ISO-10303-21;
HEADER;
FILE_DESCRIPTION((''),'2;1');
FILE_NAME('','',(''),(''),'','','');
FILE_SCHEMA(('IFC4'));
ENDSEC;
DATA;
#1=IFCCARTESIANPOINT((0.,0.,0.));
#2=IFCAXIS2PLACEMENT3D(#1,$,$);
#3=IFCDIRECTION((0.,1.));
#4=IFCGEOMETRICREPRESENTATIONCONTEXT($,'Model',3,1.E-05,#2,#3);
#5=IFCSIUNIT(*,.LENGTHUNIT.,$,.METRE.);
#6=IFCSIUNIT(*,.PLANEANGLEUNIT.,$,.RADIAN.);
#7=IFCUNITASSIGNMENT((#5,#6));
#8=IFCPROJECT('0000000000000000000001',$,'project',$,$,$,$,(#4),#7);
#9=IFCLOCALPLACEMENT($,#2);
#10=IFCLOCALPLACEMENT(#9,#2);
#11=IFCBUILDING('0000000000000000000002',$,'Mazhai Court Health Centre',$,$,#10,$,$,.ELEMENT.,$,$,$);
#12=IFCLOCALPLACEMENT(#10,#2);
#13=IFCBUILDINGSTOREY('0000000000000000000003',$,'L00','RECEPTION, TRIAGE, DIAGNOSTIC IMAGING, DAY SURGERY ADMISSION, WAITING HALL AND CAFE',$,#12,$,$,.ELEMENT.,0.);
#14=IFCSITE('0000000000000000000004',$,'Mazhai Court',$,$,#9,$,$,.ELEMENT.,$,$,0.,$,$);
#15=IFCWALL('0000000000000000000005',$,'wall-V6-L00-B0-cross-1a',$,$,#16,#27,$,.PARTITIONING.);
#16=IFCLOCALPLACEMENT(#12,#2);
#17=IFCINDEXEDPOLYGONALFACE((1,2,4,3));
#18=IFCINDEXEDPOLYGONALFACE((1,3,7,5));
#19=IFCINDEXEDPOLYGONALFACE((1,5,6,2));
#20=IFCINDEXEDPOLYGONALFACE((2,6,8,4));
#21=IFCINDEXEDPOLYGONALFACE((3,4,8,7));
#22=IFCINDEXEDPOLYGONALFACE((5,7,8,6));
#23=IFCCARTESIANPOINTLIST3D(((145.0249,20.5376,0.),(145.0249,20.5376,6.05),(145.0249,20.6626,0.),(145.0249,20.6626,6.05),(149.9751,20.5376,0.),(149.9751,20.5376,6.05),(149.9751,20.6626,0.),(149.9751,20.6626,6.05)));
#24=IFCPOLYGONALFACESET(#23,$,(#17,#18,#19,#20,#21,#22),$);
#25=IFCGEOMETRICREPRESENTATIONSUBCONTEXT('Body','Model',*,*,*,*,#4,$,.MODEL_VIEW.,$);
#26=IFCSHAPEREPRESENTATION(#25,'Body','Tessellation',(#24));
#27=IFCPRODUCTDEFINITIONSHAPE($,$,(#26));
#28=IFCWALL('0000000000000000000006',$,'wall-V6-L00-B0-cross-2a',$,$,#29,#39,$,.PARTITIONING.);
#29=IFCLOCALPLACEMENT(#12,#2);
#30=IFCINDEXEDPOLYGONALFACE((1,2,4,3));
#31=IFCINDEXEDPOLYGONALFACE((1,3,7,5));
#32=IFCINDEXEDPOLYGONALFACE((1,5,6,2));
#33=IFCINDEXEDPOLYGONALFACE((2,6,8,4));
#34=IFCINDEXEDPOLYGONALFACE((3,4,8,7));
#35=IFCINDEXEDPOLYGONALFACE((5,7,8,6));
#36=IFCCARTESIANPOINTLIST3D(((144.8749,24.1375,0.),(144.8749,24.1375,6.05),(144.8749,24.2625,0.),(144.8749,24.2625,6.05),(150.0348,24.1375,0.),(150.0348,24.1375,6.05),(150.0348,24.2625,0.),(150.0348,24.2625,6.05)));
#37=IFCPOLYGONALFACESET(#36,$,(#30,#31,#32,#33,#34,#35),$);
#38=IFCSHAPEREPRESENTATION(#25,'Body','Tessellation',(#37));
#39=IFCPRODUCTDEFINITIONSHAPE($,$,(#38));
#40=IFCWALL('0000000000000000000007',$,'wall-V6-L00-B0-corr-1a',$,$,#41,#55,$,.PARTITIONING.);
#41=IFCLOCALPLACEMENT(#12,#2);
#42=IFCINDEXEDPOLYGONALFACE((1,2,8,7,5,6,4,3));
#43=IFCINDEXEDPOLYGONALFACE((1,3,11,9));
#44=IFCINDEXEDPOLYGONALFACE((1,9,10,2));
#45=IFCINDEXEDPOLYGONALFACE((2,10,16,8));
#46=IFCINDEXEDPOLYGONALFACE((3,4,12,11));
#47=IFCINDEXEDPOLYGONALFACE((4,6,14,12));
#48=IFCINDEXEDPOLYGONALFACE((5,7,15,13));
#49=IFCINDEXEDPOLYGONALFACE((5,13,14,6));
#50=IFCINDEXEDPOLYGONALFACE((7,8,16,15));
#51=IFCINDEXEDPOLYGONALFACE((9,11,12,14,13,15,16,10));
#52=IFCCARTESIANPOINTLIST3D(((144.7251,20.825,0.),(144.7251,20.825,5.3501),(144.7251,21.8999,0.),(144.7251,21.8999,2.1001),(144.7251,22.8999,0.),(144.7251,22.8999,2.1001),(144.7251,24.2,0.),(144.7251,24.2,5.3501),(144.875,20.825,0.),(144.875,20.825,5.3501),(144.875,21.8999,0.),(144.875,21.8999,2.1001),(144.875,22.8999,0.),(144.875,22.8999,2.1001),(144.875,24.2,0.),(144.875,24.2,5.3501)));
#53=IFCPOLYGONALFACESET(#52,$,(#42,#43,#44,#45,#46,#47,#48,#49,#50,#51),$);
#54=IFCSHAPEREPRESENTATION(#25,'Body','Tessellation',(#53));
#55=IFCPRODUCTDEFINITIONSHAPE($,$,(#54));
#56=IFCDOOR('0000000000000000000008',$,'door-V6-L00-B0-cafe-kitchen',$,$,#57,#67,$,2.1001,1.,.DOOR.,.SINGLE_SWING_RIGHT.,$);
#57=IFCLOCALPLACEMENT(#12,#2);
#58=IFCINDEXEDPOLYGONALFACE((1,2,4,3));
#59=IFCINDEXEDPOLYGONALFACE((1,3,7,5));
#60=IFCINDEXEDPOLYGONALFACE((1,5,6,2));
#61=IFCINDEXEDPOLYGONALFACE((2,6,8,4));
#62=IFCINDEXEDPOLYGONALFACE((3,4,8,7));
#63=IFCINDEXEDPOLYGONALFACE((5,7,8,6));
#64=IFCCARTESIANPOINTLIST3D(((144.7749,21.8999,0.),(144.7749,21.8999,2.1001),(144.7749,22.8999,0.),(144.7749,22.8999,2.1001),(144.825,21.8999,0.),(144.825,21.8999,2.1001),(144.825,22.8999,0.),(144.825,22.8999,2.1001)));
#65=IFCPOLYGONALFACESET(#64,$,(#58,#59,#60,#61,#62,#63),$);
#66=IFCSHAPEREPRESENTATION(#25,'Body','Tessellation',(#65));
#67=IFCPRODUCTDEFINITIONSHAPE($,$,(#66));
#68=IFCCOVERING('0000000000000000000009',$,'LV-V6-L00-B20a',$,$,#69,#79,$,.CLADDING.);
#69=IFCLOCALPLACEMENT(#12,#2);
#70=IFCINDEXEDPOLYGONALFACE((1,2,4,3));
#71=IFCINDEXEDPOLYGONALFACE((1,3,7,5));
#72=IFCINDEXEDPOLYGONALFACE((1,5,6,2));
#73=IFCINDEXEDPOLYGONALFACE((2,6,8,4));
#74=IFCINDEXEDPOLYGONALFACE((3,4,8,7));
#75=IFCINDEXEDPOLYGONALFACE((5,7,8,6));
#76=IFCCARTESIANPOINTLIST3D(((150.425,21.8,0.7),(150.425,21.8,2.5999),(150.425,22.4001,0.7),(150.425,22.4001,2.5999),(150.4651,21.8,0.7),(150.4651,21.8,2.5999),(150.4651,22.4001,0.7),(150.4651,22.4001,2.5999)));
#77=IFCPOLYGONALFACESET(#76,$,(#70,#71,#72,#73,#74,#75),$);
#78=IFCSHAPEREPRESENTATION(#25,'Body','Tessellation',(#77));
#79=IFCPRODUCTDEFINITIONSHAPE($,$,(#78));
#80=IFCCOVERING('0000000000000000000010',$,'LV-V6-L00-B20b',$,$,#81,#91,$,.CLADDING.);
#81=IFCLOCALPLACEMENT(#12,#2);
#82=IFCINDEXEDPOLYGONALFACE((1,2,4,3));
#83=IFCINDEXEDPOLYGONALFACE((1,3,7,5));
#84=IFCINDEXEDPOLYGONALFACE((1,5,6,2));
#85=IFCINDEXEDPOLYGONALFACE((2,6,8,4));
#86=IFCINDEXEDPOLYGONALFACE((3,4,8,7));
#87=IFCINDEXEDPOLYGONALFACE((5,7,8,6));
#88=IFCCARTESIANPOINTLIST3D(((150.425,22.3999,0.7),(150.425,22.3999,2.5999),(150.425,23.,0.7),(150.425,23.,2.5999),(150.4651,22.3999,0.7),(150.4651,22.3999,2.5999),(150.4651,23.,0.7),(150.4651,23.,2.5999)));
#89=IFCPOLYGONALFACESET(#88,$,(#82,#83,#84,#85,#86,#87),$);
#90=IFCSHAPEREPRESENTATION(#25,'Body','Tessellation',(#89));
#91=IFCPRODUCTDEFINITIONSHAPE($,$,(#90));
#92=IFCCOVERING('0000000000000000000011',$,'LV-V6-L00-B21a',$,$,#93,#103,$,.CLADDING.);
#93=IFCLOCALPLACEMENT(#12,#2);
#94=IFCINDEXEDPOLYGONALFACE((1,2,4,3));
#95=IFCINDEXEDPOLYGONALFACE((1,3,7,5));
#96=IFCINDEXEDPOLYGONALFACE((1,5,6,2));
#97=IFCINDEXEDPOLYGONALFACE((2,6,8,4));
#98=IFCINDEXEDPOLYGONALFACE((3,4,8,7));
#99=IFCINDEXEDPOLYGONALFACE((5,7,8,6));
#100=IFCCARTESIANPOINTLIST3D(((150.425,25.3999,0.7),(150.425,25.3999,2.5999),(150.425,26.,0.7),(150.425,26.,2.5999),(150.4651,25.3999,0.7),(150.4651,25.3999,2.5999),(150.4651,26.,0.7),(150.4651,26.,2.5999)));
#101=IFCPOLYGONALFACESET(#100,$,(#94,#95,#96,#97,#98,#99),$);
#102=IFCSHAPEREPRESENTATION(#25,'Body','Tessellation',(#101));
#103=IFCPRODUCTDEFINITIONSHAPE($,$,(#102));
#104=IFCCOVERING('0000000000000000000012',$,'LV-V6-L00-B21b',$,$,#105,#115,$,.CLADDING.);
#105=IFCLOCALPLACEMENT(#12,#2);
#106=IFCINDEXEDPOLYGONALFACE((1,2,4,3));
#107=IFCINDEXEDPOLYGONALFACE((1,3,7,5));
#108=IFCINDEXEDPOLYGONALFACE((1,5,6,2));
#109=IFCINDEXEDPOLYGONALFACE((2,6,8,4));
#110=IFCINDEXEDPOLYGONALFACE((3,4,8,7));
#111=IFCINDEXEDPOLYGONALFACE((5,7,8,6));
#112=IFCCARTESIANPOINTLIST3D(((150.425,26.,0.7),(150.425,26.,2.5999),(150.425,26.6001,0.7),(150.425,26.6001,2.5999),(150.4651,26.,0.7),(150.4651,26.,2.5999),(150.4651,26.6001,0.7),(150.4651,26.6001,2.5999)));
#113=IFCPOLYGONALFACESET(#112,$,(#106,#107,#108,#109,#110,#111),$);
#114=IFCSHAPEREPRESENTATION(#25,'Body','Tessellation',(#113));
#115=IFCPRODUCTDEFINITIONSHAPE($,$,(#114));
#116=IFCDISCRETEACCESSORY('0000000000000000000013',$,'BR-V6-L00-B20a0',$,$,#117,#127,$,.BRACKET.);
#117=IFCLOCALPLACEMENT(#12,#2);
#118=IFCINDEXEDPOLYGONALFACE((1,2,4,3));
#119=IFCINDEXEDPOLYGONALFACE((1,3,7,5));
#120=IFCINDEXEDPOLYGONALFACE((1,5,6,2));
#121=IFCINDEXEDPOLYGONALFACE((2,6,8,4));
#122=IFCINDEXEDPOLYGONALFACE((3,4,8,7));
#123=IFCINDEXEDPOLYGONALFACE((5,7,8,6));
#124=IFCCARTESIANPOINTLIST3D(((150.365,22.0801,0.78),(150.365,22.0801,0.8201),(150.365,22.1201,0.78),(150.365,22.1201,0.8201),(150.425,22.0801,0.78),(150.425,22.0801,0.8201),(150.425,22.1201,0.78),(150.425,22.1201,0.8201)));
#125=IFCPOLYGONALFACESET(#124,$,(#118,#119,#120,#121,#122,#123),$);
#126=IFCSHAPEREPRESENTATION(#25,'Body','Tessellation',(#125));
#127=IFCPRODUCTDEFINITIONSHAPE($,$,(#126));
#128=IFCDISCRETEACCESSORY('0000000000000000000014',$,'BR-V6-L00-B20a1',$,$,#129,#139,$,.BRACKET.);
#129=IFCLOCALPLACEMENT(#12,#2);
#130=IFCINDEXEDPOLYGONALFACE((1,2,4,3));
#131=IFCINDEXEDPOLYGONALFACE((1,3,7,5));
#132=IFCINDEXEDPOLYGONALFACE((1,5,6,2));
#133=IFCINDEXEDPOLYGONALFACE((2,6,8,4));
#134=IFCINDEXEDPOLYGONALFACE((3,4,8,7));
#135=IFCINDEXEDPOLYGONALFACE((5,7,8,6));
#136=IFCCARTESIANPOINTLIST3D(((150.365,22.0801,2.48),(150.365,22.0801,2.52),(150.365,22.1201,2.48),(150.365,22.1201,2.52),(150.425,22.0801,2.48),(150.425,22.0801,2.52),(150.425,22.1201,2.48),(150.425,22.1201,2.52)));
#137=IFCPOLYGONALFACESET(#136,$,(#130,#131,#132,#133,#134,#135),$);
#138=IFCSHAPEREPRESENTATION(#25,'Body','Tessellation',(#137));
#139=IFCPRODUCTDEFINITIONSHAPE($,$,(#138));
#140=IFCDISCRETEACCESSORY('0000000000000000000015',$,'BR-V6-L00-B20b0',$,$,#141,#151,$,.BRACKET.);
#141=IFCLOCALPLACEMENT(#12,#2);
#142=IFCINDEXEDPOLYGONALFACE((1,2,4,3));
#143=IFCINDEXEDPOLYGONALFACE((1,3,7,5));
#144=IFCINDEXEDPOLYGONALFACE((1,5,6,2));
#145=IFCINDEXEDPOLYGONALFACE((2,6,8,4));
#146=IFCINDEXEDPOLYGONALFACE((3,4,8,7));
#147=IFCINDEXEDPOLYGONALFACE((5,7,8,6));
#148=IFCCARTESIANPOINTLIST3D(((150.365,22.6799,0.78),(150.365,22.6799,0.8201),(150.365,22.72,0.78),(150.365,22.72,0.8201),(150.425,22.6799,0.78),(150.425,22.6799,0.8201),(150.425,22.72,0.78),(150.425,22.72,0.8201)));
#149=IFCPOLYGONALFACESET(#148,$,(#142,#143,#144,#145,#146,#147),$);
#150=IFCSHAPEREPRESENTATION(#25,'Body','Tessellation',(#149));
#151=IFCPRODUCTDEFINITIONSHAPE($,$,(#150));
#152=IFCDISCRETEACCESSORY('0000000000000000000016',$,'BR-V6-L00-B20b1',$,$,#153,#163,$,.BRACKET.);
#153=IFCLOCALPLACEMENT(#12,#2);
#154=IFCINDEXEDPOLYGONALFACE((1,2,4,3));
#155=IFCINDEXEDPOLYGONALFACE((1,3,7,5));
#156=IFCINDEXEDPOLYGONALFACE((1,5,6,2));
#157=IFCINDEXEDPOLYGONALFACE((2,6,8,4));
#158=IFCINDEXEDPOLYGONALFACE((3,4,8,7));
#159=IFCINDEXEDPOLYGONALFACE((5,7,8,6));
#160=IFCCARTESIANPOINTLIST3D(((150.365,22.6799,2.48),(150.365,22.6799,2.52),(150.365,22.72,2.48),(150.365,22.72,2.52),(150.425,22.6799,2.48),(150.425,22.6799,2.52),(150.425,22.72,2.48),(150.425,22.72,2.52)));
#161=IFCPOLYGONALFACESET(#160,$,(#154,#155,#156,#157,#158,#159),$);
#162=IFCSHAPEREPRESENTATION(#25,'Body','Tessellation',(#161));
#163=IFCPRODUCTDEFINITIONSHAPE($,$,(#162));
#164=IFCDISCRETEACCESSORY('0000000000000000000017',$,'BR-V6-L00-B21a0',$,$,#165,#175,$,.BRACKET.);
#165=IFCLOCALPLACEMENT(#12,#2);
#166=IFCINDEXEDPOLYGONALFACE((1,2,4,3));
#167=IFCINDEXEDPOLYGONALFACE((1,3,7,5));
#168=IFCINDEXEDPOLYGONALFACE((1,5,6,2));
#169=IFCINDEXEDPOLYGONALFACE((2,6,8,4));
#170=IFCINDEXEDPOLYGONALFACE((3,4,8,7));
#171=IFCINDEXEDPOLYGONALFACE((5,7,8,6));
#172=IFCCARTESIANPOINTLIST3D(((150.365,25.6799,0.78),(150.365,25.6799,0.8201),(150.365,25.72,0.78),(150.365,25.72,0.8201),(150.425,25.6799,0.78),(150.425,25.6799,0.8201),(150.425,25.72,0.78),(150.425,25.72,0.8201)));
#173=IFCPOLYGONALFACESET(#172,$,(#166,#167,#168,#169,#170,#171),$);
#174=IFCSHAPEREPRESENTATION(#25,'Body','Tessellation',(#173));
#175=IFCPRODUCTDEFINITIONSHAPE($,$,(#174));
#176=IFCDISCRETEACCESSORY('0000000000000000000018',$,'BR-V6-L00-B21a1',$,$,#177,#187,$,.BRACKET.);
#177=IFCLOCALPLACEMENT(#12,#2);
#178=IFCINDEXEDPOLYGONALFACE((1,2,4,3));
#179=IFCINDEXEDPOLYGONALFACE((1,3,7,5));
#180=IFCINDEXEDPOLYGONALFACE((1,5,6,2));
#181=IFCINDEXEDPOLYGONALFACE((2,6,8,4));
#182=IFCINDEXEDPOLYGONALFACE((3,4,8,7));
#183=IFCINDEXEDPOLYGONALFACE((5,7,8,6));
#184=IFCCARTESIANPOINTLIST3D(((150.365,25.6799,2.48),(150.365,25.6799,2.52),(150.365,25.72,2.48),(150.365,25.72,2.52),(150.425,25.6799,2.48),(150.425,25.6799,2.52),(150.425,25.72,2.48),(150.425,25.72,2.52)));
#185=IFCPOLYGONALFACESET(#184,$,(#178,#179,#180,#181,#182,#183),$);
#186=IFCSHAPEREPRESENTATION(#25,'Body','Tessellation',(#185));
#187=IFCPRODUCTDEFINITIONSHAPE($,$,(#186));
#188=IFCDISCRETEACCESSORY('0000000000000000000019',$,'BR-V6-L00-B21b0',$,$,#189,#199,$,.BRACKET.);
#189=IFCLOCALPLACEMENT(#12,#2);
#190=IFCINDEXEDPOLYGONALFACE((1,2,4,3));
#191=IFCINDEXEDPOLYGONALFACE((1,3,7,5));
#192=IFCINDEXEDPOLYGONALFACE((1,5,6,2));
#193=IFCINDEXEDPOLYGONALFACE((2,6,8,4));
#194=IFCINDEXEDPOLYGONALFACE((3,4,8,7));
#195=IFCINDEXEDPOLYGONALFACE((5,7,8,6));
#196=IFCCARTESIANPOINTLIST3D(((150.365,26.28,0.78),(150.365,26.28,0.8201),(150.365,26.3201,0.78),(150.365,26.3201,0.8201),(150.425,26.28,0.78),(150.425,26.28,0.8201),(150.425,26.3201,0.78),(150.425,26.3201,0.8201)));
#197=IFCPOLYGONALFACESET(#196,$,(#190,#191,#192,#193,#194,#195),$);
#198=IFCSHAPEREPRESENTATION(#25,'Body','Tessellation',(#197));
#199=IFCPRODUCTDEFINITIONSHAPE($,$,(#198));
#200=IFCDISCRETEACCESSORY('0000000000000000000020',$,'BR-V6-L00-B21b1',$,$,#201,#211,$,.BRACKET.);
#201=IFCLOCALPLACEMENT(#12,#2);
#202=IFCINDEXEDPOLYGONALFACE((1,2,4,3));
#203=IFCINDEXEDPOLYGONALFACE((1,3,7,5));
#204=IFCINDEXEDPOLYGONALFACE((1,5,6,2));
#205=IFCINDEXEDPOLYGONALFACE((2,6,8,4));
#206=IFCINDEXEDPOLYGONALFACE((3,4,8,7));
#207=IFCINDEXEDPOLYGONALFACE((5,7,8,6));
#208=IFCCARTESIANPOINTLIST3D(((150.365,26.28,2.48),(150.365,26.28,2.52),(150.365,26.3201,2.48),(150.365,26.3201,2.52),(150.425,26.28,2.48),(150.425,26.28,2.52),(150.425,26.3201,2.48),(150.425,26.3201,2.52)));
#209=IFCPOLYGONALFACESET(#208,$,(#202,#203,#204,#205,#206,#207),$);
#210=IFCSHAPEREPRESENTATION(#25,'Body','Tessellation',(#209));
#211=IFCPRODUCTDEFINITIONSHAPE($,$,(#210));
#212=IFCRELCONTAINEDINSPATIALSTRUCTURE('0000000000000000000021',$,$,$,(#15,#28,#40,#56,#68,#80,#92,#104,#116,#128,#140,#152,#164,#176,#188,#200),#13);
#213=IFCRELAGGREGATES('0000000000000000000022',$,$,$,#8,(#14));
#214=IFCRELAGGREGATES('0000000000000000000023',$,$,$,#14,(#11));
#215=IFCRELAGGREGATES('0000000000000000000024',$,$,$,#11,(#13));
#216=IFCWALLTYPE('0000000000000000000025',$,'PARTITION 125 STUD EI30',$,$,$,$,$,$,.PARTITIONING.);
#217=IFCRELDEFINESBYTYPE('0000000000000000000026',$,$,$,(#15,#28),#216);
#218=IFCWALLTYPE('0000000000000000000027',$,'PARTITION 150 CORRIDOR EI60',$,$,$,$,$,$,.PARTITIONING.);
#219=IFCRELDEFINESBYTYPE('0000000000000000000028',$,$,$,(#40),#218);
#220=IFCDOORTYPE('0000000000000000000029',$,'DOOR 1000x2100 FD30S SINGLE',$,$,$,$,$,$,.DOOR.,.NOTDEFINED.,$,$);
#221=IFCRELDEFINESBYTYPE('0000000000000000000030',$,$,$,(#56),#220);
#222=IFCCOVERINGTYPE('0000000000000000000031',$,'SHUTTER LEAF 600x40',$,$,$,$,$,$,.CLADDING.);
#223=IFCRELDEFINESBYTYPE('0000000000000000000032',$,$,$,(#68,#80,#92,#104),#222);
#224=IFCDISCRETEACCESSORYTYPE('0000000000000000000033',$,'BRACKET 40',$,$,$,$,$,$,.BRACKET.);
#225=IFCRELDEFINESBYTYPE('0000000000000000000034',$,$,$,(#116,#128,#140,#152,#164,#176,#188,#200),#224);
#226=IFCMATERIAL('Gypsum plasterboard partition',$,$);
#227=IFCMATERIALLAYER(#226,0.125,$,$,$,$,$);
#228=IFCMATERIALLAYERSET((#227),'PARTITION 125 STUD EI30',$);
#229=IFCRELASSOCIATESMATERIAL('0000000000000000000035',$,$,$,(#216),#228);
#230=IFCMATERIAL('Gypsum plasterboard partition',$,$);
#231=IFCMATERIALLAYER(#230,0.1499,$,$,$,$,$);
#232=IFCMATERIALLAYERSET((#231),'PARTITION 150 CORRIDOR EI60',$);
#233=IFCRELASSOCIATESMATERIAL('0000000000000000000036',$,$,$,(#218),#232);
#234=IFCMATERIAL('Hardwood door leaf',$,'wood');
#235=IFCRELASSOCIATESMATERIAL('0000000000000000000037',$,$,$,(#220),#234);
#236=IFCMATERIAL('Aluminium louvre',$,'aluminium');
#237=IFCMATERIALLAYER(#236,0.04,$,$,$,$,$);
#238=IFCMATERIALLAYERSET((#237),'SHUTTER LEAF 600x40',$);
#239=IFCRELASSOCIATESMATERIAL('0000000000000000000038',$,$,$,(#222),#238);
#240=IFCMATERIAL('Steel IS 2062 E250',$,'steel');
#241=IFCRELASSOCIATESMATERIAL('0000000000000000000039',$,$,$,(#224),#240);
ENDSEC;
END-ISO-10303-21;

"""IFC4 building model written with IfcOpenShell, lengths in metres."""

from ifc_helpers import new_model, si_unit, direction, frame, frame_2d, origin, origin_2d, place, context, subcontext, project, spatial, rectangle, extrude, material, layer, layer_set, type_object, element, fill, save


model = new_model("IFC4")

# Units and contexts
model_context = context("Model", 3, precision=1e-05, world=origin(), true_north=direction((0.0, 1.0)))
body_context = subcontext(model_context, "Body", "Model", "MODEL_VIEW")
ifc_project = project(units=[si_unit("LENGTHUNIT", "METRE"), si_unit("PLANEANGLEUNIT", "RADIAN")], contexts=[model_context])

# Site, building, storey
site_placement = place(None, origin())
site = spatial("IfcSite", under=ifc_project, at=site_placement, Name="Mazhai Court", CompositionType="ELEMENT", RefElevation=0.0)
building_placement = place(site_placement, origin())
building = spatial("IfcBuilding", under=site, at=building_placement, Name="Mazhai Court Health Centre", CompositionType="ELEMENT")
storey_placement = place(building_placement, origin())
storey = spatial("IfcBuildingStorey", under=building, at=storey_placement, Name="L00", Description="RECEPTION, TRIAGE, DIAGNOSTIC IMAGING, DAY SURGERY ADMISSION, WAITING HALL AND CAFE", CompositionType="ELEMENT", Elevation=0.0)

# Walls
ifc_material_1 = material(Name="Gypsum plasterboard partition")
ifc_layer_1 = layer(ifc_material_1, 0.125)
ifc_layer_set_1 = layer_set([ifc_layer_1], Name="PARTITION 125 STUD EI30")
wall_type_1 = type_object("IfcWallType", Name="PARTITION 125 STUD EI30", PredefinedType="PARTITIONING", material=ifc_layer_set_1)
wall_1_placement = place(storey_placement, frame((149.9751, 20.6001, 0.0), z_axis=(0.0, 0.0, 1.0), x_axis=(-1.0, 0.0, 0.0)))
element("IfcWall", 1, at=wall_1_placement, inside=storey, type_object=wall_type_1, Name="wall-V6-L00-B0-cross-1a", PredefinedType="PARTITIONING", context=body_context, shape_type="SweptSolid", body=[
    extrude(rectangle(XDim=4.9502, YDim=0.125, at=frame_2d((2.4751, 0.0))), origin(), (0.0, 0.0, 1.0), 6.05),
])
wall_2_placement = place(storey_placement, frame((150.0349, 24.2, 0.0), z_axis=(0.0, 0.0, 1.0), x_axis=(-1.0, 0.0, 0.0)))
element("IfcWall", 2, at=wall_2_placement, inside=storey, type_object=wall_type_1, Name="wall-V6-L00-B0-cross-2a", PredefinedType="PARTITIONING", context=body_context, shape_type="SweptSolid", body=[
    extrude(rectangle(XDim=5.1599, YDim=0.125, at=frame_2d((2.5801, 0.0))), origin(), (0.0, 0.0, 1.0), 6.05),
])

# Wall, opening, door
ifc_material_2 = material(Name="Gypsum plasterboard partition")
ifc_layer_2 = layer(ifc_material_2, 0.1499)
ifc_layer_set_2 = layer_set([ifc_layer_2], Name="PARTITION 150 CORRIDOR EI60")
wall_type_2 = type_object("IfcWallType", Name="PARTITION 150 CORRIDOR EI60", PredefinedType="PARTITIONING", material=ifc_layer_set_2)
wall_3_placement = place(storey_placement, frame((144.8, 24.2, 0.0), z_axis=(0.0, 0.0, 1.0), x_axis=(0.0, -1.0, 0.0)))
wall_3 = element("IfcWall", 3, at=wall_3_placement, inside=storey, type_object=wall_type_2, Name="wall-V6-L00-B0-corr-1a", PredefinedType="PARTITIONING", context=body_context, shape_type="SweptSolid", body=[
    extrude(rectangle(XDim=3.375, YDim=0.1499, at=frame_2d((1.6875, 0.0))), origin(), (0.0, 0.0, 1.0), 5.3501),
])
opening_1_placement = place(wall_3_placement, frame((1.3, 0.0, 0.0)))
opening_1 = element("IfcOpeningElement", 4, at=opening_1_placement, cuts=wall_3, PredefinedType="OPENING", context=body_context, shape_type="SweptSolid", body=[
    extrude(rectangle(XDim=1.0, YDim=2.1001, at=frame_2d((0.5, 1.05))), frame((0.0, 0.085, 0.0), z_axis=(0.0, -1.0, 0.0), x_axis=(1.0, 0.0, 0.0)), (0.0, 0.0, 1.0), 0.1699),
])
ifc_material_3 = material(Name="Hardwood door leaf", Category="wood")
door_type = type_object("IfcDoorType", Name="DOOR 1000x2100 FD30S SINGLE", OperationType="NOTDEFINED", PredefinedType="DOOR", material=ifc_material_3)
door_placement = place(opening_1_placement, origin())
door = element("IfcDoor", 5, at=door_placement, inside=storey, type_object=door_type, Name="door-V6-L00-B0-cafe-kitchen", OperationType="SINGLE_SWING_RIGHT", OverallHeight=2.1001, OverallWidth=1.0, PredefinedType="DOOR", context=body_context, shape_type="SweptSolid", body=[
    extrude(rectangle(XDim=1.0, YDim=2.1001, at=frame_2d((0.5, 1.05))), frame((0.0, 0.0249, 0.0), z_axis=(0.0, -1.0, 0.0), x_axis=(1.0, 0.0, 0.0)), (0.0, 0.0, 1.0), 0.05),
])
fill(opening_1, door)

# Coverings
ifc_material_4 = material(Name="Aluminium louvre", Category="aluminium")
ifc_layer_3 = layer(ifc_material_4, 0.04)
ifc_layer_set_3 = layer_set([ifc_layer_3], Name="SHUTTER LEAF 600x40")
covering_type = type_object("IfcCoveringType", Name="SHUTTER LEAF 600x40", PredefinedType="CLADDING", material=ifc_layer_set_3)
for number, where, z_axis, x_axis, name in (
    (6, (150.4451, 22.1001, 0.7), (0.0, 0.0, 1.0), (0.0, 1.0, 0.0), "LV-V6-L00-B20a"),
    (7, (150.4451, 22.7, 0.7), (0.0, 0.0, 1.0), (0.0, 1.0, 0.0), "LV-V6-L00-B20b"),
    (8, (150.4451, 25.7, 0.7), (0.0, 0.0, 1.0), (0.0, 1.0, 0.0), "LV-V6-L00-B21a"),
    (9, (150.4451, 26.3, 0.7), (0.0, 0.0, 1.0), (0.0, 1.0, 0.0), "LV-V6-L00-B21b"),
):
    element("IfcCovering", number, at=place(storey_placement, frame(where, z_axis=z_axis, x_axis=x_axis)), inside=storey, type_object=covering_type, Name=name, PredefinedType="CLADDING", context=body_context, shape_type="SweptSolid", body=[
        extrude(rectangle(XDim=0.6001, YDim=0.04, at=origin_2d()), origin(), (0.0, 0.0, 1.0), 1.8999),
    ])

# Discrete accessories
ifc_material_5 = material(Name="Steel IS 2062 E250", Category="steel")
discrete_accessory_type = type_object("IfcDiscreteAccessoryType", Name="BRACKET 40", PredefinedType="BRACKET", material=ifc_material_5)
for number, where, z_axis, x_axis, name in (
    (10, (150.395, 22.1001, 0.78), (0.0, 0.0, 1.0), (0.0, 1.0, 0.0), "BR-V6-L00-B20a0"),
    (11, (150.395, 22.1001, 2.48), (0.0, 0.0, 1.0), (0.0, 1.0, 0.0), "BR-V6-L00-B20a1"),
    (12, (150.395, 22.7, 0.78), (0.0, 0.0, 1.0), (0.0, 1.0, 0.0), "BR-V6-L00-B20b0"),
    (13, (150.395, 22.7, 2.48), (0.0, 0.0, 1.0), (0.0, 1.0, 0.0), "BR-V6-L00-B20b1"),
    (14, (150.395, 25.7, 0.78), (0.0, 0.0, 1.0), (0.0, 1.0, 0.0), "BR-V6-L00-B21a0"),
    (15, (150.395, 25.7, 2.48), (0.0, 0.0, 1.0), (0.0, 1.0, 0.0), "BR-V6-L00-B21a1"),
    (16, (150.395, 26.3, 0.78), (0.0, 0.0, 1.0), (0.0, 1.0, 0.0), "BR-V6-L00-B21b0"),
    (17, (150.395, 26.3, 2.48), (0.0, 0.0, 1.0), (0.0, 1.0, 0.0), "BR-V6-L00-B21b1"),
):
    element("IfcDiscreteAccessory", number, at=place(storey_placement, frame(where, z_axis=z_axis, x_axis=x_axis)), inside=storey, type_object=discrete_accessory_type, Name=name, PredefinedType="BRACKET", context=body_context, shape_type="SweptSolid", body=[
        extrude(rectangle(XDim=0.04, YDim=0.0601, at=origin_2d()), origin(), (0.0, 0.0, 1.0), 0.04),
    ])

save(model, "model.ifc")
